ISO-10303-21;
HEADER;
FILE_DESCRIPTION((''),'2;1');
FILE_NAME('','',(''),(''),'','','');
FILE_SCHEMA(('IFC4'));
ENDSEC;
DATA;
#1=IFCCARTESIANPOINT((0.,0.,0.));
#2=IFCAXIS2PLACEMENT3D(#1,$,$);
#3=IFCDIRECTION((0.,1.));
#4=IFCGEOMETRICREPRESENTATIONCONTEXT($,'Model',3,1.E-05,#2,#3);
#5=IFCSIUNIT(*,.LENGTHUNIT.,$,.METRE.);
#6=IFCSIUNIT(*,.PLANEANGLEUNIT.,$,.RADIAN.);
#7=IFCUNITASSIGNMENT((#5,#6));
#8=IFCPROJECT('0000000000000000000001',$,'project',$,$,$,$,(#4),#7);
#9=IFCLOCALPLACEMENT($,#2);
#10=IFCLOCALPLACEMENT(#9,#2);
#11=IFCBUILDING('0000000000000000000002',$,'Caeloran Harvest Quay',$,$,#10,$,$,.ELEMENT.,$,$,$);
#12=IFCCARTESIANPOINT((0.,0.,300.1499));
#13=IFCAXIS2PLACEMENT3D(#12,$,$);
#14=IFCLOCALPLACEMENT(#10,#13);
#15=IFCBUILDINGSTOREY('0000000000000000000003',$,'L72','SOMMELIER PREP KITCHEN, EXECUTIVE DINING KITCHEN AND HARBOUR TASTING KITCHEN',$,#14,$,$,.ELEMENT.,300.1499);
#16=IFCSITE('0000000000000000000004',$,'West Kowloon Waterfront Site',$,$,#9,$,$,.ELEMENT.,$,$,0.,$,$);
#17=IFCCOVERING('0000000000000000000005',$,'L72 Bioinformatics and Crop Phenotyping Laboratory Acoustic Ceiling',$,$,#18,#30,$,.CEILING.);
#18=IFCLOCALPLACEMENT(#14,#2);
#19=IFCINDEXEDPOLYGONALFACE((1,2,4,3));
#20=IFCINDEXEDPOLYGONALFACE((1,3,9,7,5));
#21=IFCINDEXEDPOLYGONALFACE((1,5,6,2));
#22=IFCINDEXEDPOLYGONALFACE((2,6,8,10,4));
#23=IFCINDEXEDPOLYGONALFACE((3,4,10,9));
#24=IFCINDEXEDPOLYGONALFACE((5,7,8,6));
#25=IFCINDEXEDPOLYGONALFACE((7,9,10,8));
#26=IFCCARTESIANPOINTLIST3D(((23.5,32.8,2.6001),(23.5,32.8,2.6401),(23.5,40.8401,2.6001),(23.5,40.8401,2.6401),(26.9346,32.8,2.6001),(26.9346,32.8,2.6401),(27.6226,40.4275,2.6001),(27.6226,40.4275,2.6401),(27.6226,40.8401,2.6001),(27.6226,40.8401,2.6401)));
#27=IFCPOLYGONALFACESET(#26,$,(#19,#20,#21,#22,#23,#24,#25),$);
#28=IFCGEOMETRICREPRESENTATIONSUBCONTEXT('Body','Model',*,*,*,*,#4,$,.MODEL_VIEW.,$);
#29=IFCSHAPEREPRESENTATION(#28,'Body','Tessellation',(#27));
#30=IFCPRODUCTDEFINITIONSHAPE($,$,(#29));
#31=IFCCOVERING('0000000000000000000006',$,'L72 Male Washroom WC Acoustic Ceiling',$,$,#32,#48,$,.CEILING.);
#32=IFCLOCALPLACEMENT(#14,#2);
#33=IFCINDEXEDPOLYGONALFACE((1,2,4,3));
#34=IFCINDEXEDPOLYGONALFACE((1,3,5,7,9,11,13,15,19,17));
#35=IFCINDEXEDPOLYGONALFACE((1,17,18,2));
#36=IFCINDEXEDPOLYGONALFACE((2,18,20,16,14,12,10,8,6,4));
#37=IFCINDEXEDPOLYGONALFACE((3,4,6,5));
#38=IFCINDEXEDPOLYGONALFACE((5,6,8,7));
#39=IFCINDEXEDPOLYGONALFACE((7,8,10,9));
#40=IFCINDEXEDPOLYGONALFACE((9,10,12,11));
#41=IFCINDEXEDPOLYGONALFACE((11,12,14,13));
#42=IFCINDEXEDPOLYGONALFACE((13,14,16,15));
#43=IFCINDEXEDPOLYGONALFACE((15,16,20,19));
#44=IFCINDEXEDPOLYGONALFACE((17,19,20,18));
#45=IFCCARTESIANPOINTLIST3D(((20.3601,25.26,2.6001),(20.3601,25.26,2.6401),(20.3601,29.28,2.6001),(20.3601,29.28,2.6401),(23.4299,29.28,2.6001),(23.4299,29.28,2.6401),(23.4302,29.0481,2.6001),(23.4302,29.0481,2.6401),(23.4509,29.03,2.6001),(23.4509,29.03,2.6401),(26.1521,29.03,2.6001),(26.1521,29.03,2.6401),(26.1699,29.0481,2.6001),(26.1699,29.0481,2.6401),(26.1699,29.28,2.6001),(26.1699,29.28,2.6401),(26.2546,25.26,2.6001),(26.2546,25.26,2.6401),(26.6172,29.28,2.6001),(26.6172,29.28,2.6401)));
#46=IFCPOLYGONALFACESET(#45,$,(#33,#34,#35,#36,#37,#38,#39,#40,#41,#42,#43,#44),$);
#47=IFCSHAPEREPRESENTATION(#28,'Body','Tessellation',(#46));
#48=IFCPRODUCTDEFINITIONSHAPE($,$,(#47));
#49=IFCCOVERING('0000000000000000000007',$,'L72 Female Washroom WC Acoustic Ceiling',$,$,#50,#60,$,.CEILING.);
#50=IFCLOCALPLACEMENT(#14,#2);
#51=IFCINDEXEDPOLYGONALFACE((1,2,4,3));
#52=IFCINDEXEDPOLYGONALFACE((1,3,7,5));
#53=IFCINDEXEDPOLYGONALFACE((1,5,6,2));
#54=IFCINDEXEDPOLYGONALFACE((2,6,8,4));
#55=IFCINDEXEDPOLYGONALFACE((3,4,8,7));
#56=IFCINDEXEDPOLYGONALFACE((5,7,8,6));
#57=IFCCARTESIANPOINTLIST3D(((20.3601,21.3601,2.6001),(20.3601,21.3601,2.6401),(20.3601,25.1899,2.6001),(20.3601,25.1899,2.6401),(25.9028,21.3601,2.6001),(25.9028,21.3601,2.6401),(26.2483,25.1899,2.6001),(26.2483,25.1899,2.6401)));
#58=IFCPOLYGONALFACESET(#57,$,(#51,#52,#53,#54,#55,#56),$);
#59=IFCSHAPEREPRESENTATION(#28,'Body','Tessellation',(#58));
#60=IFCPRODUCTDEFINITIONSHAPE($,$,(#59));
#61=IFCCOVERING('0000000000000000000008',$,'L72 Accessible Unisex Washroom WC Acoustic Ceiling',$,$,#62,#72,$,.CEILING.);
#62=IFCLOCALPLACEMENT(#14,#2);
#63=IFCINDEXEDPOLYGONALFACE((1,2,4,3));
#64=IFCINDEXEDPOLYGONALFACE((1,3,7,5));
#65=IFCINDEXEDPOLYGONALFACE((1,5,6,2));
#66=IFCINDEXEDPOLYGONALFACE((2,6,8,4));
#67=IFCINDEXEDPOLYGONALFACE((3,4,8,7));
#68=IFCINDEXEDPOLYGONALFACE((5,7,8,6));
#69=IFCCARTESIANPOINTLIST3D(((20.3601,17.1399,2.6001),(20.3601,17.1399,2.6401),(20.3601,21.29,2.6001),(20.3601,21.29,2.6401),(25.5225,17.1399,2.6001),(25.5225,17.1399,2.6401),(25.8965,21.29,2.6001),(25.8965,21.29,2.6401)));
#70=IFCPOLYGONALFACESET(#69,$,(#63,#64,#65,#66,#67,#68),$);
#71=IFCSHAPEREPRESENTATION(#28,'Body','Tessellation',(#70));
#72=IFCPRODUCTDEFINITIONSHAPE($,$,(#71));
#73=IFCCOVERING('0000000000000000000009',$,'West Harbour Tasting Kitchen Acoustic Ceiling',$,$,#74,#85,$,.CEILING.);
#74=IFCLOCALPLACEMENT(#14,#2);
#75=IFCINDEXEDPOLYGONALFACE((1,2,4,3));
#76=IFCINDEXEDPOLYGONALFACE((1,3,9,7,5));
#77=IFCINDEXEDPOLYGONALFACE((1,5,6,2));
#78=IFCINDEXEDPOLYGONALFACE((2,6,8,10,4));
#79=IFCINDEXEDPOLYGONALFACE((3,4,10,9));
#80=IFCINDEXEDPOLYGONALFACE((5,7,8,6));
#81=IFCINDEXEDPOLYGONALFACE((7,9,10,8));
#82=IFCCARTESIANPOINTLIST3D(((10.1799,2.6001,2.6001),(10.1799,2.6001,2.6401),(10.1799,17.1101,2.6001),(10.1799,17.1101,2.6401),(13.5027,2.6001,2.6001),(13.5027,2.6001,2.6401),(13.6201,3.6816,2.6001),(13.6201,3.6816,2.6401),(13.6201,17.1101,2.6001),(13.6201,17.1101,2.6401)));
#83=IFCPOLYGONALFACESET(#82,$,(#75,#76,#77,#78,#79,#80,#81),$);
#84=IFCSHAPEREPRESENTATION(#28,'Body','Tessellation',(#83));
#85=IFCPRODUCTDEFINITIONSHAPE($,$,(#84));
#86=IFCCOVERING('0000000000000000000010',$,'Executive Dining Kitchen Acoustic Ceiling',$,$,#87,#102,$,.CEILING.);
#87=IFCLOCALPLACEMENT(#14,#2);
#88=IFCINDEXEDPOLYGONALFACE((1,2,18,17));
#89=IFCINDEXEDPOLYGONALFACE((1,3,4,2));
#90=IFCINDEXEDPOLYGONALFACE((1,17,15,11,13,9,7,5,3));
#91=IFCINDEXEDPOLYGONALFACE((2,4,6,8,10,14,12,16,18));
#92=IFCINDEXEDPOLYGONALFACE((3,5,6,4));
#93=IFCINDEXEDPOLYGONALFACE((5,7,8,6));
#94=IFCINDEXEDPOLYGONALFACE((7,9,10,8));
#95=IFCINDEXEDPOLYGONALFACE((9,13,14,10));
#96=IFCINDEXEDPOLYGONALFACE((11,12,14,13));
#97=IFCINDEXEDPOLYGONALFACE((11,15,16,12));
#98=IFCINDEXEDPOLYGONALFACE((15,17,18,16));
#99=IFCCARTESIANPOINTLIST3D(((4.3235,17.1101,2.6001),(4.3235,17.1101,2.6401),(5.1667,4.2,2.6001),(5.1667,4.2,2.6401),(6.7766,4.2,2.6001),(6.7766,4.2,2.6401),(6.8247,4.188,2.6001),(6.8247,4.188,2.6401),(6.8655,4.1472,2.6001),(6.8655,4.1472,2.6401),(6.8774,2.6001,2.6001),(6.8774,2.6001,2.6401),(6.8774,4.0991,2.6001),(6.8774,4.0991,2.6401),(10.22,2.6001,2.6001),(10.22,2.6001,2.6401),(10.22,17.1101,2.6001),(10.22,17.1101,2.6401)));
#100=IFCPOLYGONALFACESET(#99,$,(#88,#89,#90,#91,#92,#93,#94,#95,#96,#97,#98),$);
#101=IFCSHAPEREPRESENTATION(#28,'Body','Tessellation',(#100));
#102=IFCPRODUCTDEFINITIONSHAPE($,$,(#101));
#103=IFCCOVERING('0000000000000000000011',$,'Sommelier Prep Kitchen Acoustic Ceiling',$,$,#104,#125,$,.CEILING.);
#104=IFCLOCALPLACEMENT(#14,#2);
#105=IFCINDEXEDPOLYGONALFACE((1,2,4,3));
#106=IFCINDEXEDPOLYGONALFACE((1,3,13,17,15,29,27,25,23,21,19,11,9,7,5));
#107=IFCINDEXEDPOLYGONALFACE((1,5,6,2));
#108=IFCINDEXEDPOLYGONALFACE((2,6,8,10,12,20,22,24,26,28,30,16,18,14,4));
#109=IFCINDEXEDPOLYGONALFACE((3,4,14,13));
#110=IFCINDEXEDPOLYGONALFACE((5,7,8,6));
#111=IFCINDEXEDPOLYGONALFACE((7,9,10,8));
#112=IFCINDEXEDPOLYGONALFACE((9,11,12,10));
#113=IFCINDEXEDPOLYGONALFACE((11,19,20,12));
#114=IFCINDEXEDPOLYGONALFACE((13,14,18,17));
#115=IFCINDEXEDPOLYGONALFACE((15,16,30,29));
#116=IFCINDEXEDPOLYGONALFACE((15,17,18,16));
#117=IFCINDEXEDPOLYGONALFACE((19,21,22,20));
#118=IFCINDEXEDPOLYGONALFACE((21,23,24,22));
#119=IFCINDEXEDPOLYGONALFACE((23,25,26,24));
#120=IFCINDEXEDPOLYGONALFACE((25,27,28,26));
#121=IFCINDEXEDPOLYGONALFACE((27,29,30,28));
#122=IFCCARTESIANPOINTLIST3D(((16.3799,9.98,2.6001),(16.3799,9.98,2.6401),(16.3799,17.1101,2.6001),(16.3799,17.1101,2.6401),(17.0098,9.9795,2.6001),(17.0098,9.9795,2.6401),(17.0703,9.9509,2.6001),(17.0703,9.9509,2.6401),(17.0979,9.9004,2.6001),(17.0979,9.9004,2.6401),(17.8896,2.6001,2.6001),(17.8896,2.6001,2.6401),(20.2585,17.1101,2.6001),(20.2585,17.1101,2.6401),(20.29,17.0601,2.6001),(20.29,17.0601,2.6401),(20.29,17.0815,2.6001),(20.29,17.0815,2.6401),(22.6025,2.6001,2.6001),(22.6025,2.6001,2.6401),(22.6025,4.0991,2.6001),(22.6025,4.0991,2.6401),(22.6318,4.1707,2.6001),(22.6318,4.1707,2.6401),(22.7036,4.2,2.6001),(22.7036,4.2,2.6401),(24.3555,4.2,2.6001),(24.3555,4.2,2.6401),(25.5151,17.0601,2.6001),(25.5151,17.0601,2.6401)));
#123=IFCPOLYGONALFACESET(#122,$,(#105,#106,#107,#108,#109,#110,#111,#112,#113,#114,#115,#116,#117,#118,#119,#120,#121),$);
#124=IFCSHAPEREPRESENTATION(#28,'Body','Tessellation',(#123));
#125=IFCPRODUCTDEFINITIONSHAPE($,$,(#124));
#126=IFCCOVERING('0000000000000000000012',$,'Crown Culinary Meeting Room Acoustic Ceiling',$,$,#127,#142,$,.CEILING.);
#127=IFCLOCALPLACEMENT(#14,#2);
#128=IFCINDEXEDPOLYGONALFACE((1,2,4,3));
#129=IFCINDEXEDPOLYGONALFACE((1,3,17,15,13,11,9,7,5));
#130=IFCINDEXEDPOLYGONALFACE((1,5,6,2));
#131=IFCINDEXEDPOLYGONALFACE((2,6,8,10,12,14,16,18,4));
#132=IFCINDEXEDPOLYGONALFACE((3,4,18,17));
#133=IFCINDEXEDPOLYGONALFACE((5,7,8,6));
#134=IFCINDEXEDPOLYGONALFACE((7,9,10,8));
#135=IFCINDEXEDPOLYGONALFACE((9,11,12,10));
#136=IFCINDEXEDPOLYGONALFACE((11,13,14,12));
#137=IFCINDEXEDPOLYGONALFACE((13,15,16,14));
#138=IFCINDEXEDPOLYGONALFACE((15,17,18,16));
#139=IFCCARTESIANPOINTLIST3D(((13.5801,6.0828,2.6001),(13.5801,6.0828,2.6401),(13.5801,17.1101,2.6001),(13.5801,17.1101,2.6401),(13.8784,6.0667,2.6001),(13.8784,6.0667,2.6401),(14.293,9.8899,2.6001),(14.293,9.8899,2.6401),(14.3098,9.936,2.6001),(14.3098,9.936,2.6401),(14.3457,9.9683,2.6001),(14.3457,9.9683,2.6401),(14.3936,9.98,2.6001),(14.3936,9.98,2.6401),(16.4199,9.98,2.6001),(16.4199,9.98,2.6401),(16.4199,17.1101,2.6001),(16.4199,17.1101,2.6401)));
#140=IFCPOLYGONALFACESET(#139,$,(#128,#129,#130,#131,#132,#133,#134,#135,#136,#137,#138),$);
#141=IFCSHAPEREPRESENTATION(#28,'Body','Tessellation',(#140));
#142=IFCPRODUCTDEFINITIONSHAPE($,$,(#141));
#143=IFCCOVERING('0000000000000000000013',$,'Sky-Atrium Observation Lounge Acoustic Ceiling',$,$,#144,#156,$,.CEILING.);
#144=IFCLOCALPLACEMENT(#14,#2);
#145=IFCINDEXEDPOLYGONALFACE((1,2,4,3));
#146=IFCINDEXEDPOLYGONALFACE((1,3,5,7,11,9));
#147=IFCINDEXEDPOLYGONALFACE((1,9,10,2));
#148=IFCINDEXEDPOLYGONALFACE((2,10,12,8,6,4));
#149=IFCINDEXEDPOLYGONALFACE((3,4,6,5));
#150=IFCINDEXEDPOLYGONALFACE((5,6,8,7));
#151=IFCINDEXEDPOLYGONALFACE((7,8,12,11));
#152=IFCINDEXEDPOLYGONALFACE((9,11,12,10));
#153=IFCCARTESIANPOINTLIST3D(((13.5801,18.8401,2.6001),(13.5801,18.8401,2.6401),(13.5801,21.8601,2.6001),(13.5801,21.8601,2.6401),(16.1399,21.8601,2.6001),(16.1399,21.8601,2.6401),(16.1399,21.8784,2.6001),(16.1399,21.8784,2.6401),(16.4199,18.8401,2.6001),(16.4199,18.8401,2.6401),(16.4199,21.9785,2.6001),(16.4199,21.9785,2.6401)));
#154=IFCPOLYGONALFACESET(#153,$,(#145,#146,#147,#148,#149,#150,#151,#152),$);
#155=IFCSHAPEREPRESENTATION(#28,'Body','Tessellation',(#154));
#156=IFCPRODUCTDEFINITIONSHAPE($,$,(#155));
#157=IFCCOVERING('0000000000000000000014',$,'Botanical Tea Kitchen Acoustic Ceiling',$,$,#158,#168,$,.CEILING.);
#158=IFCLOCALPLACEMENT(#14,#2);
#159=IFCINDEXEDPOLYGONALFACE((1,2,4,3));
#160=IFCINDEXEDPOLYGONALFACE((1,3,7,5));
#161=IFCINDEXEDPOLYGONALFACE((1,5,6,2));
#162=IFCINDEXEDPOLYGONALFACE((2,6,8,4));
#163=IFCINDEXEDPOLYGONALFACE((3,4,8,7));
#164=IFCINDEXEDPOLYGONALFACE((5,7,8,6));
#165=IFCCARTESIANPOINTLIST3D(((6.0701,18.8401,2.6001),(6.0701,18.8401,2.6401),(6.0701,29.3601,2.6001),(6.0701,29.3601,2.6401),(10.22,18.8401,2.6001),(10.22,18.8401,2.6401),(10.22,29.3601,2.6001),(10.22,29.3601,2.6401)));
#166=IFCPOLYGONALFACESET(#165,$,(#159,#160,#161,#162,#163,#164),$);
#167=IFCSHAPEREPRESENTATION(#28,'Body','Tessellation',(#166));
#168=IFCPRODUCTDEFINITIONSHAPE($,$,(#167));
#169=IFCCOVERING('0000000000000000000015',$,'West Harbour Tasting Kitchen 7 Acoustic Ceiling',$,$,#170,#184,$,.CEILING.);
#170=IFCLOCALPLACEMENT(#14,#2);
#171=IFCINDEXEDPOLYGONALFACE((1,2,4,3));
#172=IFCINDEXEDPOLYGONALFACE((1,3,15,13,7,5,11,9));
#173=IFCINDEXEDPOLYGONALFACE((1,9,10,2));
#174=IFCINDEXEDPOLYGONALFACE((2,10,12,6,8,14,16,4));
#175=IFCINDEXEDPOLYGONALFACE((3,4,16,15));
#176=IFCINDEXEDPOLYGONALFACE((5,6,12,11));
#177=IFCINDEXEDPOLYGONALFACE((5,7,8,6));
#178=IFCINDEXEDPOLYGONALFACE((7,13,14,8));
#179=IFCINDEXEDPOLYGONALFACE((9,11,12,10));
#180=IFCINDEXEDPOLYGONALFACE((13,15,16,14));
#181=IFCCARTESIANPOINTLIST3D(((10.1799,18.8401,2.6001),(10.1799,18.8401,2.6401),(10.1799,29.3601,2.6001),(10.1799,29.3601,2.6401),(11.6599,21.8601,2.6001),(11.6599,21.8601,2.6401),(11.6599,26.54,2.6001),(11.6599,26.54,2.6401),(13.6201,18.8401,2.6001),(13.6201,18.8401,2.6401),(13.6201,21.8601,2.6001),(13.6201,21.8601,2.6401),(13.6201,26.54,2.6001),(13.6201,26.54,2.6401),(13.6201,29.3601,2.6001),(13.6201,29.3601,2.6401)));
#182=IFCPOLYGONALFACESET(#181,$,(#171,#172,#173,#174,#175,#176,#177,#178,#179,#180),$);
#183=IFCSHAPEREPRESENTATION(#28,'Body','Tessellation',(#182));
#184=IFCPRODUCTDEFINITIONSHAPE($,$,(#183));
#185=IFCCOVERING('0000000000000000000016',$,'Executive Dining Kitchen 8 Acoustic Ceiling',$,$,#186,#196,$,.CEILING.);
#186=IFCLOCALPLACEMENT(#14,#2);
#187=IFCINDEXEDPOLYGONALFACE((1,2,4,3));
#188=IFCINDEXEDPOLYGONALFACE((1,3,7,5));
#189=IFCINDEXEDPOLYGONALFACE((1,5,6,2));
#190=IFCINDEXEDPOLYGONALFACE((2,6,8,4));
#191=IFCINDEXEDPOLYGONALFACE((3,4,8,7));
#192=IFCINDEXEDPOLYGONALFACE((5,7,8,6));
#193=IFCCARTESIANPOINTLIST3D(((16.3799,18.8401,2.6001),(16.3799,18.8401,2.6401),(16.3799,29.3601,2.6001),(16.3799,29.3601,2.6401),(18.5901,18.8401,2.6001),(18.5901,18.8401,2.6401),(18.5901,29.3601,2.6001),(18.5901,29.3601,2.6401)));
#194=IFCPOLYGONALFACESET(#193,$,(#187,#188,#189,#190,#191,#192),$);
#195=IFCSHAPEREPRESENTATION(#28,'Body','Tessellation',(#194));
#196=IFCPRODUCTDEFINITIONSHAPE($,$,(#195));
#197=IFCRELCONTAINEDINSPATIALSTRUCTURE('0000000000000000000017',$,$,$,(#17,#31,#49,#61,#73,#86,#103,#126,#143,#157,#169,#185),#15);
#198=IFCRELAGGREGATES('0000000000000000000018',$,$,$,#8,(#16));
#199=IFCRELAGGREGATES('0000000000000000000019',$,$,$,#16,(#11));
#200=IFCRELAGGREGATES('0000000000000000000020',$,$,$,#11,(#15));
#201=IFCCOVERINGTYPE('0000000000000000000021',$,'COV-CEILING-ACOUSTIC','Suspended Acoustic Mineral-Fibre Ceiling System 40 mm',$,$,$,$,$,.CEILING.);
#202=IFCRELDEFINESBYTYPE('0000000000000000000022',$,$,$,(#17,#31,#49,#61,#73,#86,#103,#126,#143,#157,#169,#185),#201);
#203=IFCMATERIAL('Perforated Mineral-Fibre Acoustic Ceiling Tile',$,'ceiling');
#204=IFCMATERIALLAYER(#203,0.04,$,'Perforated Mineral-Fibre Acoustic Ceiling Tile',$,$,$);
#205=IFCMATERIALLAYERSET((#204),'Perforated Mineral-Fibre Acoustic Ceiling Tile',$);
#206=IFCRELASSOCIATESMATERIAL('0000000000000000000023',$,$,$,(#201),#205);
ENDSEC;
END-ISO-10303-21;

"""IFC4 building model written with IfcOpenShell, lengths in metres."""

from ifc_helpers import new_model, si_unit, direction, frame, origin, place, context, subcontext, project, spatial, polyline, outline, extrude, material, layer, layer_set, type_object, element, save


model = new_model("IFC4")

# Units and contexts
model_context = context("Model", 3, precision=1e-05, world=origin(), true_north=direction((0.0, 1.0)))
body_context = subcontext(model_context, "Body", "Model", "MODEL_VIEW")
ifc_project = project(units=[si_unit("LENGTHUNIT", "METRE"), si_unit("PLANEANGLEUNIT", "RADIAN")], contexts=[model_context])

# Site, building, storey
site_placement = place(None, origin())
site = spatial("IfcSite", under=ifc_project, at=site_placement, Name="West Kowloon Waterfront Site", CompositionType="ELEMENT", RefElevation=0.0)
building_placement = place(site_placement, origin())
building = spatial("IfcBuilding", under=site, at=building_placement, Name="Caeloran Harvest Quay", CompositionType="ELEMENT")
storey_placement = place(building_placement, frame((0.0, 0.0, 300.1499)))
storey = spatial("IfcBuildingStorey", under=building, at=storey_placement, Name="L72", Description="SOMMELIER PREP KITCHEN, EXECUTIVE DINING KITCHEN AND HARBOUR TASTING KITCHEN", CompositionType="ELEMENT", Elevation=300.1499)

# Coverings
ifc_material_1 = material(Name="Perforated Mineral-Fibre Acoustic Ceiling Tile", Category="ceiling")
ifc_layer_1 = layer(ifc_material_1, 0.04, Name="Perforated Mineral-Fibre Acoustic Ceiling Tile")
ifc_layer_set_1 = layer_set([ifc_layer_1], Name="Perforated Mineral-Fibre Acoustic Ceiling Tile")
covering_type_1 = type_object("IfcCoveringType", Name="COV-CEILING-ACOUSTIC", Description="Suspended Acoustic Mineral-Fibre Ceiling System 40 mm", PredefinedType="CEILING", material=ifc_layer_set_1)
covering_1_placement = place(storey_placement, frame((0.0, 0.0, 2.6001)))
element("IfcCovering", 1, at=covering_1_placement, inside=storey, type_object=covering_type_1, Name="L72 Bioinformatics and Crop Phenotyping Laboratory Acoustic Ceiling", PredefinedType="CEILING", context=body_context, shape_type="SweptSolid", body=[
    extrude(outline(polyline([(27.6226, 40.4275), (26.9346, 32.8), (23.5, 32.8), (23.5, 40.8401), (27.6226, 40.8401), (27.6226, 40.4275)])), origin(), (0.0, 0.0, 1.0), 0.04),
])
covering_2_placement = place(storey_placement, frame((0.0, 0.0, 2.6001)))
element("IfcCovering", 2, at=covering_2_placement, inside=storey, type_object=covering_type_1, Name="L72 Male Washroom WC Acoustic Ceiling", PredefinedType="CEILING", context=body_context, shape_type="SweptSolid", body=[
    extrude(outline(polyline([(23.4299, 29.28), (23.4302, 29.0481), (23.4509, 29.03), (26.1521, 29.03), (26.1699, 29.0481), (26.1699, 29.28), (26.6172, 29.28), (26.2546, 25.26), (20.3601, 25.26), (20.3601, 29.28), (23.4299, 29.28)])), origin(), (0.0, 0.0, 1.0), 0.04),
])
covering_3_placement = place(storey_placement, frame((0.0, 0.0, 2.6001)))
element("IfcCovering", 3, at=covering_3_placement, inside=storey, type_object=covering_type_1, Name="L72 Female Washroom WC Acoustic Ceiling", PredefinedType="CEILING", context=body_context, shape_type="SweptSolid", body=[
    extrude(outline(polyline([(26.2483, 25.1899), (25.9028, 21.3601), (20.3601, 21.3601), (20.3601, 25.1899), (26.2483, 25.1899)])), origin(), (0.0, 0.0, 1.0), 0.04),
])
covering_4_placement = place(storey_placement, frame((0.0, 0.0, 2.6001)))
element("IfcCovering", 4, at=covering_4_placement, inside=storey, type_object=covering_type_1, Name="L72 Accessible Unisex Washroom WC Acoustic Ceiling", PredefinedType="CEILING", context=body_context, shape_type="SweptSolid", body=[
    extrude(outline(polyline([(25.8965, 21.29), (25.5225, 17.1399), (20.3601, 17.1399), (20.3601, 21.29), (25.8965, 21.29)])), origin(), (0.0, 0.0, 1.0), 0.04),
])
covering_5_placement = place(storey_placement, frame((0.0, 0.0, 2.6001)))
element("IfcCovering", 5, at=covering_5_placement, inside=storey, type_object=covering_type_1, Name="West Harbour Tasting Kitchen Acoustic Ceiling", PredefinedType="CEILING", context=body_context, shape_type="SweptSolid", body=[
    extrude(outline(polyline([(10.1799, 2.6001), (10.1799, 17.1101), (13.6201, 17.1101), (13.6201, 3.6816), (13.5027, 2.6001), (10.1799, 2.6001)])), origin(), (0.0, 0.0, 1.0), 0.04),
])
covering_6_placement = place(storey_placement, frame((0.0, 0.0, 2.6001)))
element("IfcCovering", 6, at=covering_6_placement, inside=storey, type_object=covering_type_1, Name="Executive Dining Kitchen Acoustic Ceiling", PredefinedType="CEILING", context=body_context, shape_type="SweptSolid", body=[
    extrude(outline(polyline([(6.8655, 4.1472), (6.8247, 4.188), (6.7766, 4.2), (5.1667, 4.2), (4.3235, 17.1101), (10.22, 17.1101), (10.22, 2.6001), (6.8774, 2.6001), (6.8774, 4.0991), (6.8655, 4.1472)])), origin(), (0.0, 0.0, 1.0), 0.04),
])
covering_7_placement = place(storey_placement, frame((0.0, 0.0, 2.6001)))
element("IfcCovering", 7, at=covering_7_placement, inside=storey, type_object=covering_type_1, Name="Sommelier Prep Kitchen Acoustic Ceiling", PredefinedType="CEILING", context=body_context, shape_type="SweptSolid", body=[
    extrude(outline(polyline([(25.5151, 17.0601), (24.3555, 4.2), (22.7036, 4.2), (22.6318, 4.1707), (22.6025, 4.0991), (22.6025, 2.6001), (17.8896, 2.6001), (17.0979, 9.9004), (17.0703, 9.9509), (17.0098, 9.9795), (16.3799, 9.98), (16.3799, 17.1101), (20.2585, 17.1101), (20.29, 17.0815), (20.29, 17.0601), (25.5151, 17.0601)])), origin(), (0.0, 0.0, 1.0), 0.04),
])
covering_8_placement = place(storey_placement, frame((0.0, 0.0, 2.6001)))
element("IfcCovering", 8, at=covering_8_placement, inside=storey, type_object=covering_type_1, Name="Crown Culinary Meeting Room Acoustic Ceiling", PredefinedType="CEILING", context=body_context, shape_type="SweptSolid", body=[
    extrude(outline(polyline([(16.4199, 17.1101), (16.4199, 9.98), (14.3936, 9.98), (14.3457, 9.9683), (14.3098, 9.936), (14.293, 9.8899), (13.8784, 6.0667), (13.5801, 6.0828), (13.5801, 17.1101), (16.4199, 17.1101)])), origin(), (0.0, 0.0, 1.0), 0.04),
])
covering_9_placement = place(storey_placement, frame((0.0, 0.0, 2.6001)))
element("IfcCovering", 9, at=covering_9_placement, inside=storey, type_object=covering_type_1, Name="Sky-Atrium Observation Lounge Acoustic Ceiling", PredefinedType="CEILING", context=body_context, shape_type="SweptSolid", body=[
    extrude(outline(polyline([(13.5801, 18.8401), (13.5801, 21.8601), (16.1399, 21.8601), (16.1399, 21.8784), (16.4199, 21.9785), (16.4199, 18.8401), (13.5801, 18.8401)])), origin(), (0.0, 0.0, 1.0), 0.04),
])
covering_10_placement = place(storey_placement, frame((0.0, 0.0, 2.6001)))
element("IfcCovering", 10, at=covering_10_placement, inside=storey, type_object=covering_type_1, Name="Botanical Tea Kitchen Acoustic Ceiling", PredefinedType="CEILING", context=body_context, shape_type="SweptSolid", body=[
    extrude(outline(polyline([(10.22, 29.3601), (10.22, 18.8401), (6.0701, 18.8401), (6.0701, 29.3601), (10.22, 29.3601)])), origin(), (0.0, 0.0, 1.0), 0.04),
])
covering_11_placement = place(storey_placement, frame((0.0, 0.0, 2.6001)))
element("IfcCovering", 11, at=covering_11_placement, inside=storey, type_object=covering_type_1, Name="West Harbour Tasting Kitchen 7 Acoustic Ceiling", PredefinedType="CEILING", context=body_context, shape_type="SweptSolid", body=[
    extrude(outline(polyline([(11.6599, 26.54), (11.6599, 21.8601), (13.6201, 21.8601), (13.6201, 18.8401), (10.1799, 18.8401), (10.1799, 29.3601), (13.6201, 29.3601), (13.6201, 26.54), (11.6599, 26.54)])), origin(), (0.0, 0.0, 1.0), 0.04),
])
covering_12_placement = place(storey_placement, frame((0.0, 0.0, 2.6001)))
element("IfcCovering", 12, at=covering_12_placement, inside=storey, type_object=covering_type_1, Name="Executive Dining Kitchen 8 Acoustic Ceiling", PredefinedType="CEILING", context=body_context, shape_type="SweptSolid", body=[
    extrude(outline(polyline([(16.3799, 29.3601), (18.5901, 29.3601), (18.5901, 18.8401), (16.3799, 18.8401), (16.3799, 29.3601)])), origin(), (0.0, 0.0, 1.0), 0.04),
])

save(model, "model.ifc")
